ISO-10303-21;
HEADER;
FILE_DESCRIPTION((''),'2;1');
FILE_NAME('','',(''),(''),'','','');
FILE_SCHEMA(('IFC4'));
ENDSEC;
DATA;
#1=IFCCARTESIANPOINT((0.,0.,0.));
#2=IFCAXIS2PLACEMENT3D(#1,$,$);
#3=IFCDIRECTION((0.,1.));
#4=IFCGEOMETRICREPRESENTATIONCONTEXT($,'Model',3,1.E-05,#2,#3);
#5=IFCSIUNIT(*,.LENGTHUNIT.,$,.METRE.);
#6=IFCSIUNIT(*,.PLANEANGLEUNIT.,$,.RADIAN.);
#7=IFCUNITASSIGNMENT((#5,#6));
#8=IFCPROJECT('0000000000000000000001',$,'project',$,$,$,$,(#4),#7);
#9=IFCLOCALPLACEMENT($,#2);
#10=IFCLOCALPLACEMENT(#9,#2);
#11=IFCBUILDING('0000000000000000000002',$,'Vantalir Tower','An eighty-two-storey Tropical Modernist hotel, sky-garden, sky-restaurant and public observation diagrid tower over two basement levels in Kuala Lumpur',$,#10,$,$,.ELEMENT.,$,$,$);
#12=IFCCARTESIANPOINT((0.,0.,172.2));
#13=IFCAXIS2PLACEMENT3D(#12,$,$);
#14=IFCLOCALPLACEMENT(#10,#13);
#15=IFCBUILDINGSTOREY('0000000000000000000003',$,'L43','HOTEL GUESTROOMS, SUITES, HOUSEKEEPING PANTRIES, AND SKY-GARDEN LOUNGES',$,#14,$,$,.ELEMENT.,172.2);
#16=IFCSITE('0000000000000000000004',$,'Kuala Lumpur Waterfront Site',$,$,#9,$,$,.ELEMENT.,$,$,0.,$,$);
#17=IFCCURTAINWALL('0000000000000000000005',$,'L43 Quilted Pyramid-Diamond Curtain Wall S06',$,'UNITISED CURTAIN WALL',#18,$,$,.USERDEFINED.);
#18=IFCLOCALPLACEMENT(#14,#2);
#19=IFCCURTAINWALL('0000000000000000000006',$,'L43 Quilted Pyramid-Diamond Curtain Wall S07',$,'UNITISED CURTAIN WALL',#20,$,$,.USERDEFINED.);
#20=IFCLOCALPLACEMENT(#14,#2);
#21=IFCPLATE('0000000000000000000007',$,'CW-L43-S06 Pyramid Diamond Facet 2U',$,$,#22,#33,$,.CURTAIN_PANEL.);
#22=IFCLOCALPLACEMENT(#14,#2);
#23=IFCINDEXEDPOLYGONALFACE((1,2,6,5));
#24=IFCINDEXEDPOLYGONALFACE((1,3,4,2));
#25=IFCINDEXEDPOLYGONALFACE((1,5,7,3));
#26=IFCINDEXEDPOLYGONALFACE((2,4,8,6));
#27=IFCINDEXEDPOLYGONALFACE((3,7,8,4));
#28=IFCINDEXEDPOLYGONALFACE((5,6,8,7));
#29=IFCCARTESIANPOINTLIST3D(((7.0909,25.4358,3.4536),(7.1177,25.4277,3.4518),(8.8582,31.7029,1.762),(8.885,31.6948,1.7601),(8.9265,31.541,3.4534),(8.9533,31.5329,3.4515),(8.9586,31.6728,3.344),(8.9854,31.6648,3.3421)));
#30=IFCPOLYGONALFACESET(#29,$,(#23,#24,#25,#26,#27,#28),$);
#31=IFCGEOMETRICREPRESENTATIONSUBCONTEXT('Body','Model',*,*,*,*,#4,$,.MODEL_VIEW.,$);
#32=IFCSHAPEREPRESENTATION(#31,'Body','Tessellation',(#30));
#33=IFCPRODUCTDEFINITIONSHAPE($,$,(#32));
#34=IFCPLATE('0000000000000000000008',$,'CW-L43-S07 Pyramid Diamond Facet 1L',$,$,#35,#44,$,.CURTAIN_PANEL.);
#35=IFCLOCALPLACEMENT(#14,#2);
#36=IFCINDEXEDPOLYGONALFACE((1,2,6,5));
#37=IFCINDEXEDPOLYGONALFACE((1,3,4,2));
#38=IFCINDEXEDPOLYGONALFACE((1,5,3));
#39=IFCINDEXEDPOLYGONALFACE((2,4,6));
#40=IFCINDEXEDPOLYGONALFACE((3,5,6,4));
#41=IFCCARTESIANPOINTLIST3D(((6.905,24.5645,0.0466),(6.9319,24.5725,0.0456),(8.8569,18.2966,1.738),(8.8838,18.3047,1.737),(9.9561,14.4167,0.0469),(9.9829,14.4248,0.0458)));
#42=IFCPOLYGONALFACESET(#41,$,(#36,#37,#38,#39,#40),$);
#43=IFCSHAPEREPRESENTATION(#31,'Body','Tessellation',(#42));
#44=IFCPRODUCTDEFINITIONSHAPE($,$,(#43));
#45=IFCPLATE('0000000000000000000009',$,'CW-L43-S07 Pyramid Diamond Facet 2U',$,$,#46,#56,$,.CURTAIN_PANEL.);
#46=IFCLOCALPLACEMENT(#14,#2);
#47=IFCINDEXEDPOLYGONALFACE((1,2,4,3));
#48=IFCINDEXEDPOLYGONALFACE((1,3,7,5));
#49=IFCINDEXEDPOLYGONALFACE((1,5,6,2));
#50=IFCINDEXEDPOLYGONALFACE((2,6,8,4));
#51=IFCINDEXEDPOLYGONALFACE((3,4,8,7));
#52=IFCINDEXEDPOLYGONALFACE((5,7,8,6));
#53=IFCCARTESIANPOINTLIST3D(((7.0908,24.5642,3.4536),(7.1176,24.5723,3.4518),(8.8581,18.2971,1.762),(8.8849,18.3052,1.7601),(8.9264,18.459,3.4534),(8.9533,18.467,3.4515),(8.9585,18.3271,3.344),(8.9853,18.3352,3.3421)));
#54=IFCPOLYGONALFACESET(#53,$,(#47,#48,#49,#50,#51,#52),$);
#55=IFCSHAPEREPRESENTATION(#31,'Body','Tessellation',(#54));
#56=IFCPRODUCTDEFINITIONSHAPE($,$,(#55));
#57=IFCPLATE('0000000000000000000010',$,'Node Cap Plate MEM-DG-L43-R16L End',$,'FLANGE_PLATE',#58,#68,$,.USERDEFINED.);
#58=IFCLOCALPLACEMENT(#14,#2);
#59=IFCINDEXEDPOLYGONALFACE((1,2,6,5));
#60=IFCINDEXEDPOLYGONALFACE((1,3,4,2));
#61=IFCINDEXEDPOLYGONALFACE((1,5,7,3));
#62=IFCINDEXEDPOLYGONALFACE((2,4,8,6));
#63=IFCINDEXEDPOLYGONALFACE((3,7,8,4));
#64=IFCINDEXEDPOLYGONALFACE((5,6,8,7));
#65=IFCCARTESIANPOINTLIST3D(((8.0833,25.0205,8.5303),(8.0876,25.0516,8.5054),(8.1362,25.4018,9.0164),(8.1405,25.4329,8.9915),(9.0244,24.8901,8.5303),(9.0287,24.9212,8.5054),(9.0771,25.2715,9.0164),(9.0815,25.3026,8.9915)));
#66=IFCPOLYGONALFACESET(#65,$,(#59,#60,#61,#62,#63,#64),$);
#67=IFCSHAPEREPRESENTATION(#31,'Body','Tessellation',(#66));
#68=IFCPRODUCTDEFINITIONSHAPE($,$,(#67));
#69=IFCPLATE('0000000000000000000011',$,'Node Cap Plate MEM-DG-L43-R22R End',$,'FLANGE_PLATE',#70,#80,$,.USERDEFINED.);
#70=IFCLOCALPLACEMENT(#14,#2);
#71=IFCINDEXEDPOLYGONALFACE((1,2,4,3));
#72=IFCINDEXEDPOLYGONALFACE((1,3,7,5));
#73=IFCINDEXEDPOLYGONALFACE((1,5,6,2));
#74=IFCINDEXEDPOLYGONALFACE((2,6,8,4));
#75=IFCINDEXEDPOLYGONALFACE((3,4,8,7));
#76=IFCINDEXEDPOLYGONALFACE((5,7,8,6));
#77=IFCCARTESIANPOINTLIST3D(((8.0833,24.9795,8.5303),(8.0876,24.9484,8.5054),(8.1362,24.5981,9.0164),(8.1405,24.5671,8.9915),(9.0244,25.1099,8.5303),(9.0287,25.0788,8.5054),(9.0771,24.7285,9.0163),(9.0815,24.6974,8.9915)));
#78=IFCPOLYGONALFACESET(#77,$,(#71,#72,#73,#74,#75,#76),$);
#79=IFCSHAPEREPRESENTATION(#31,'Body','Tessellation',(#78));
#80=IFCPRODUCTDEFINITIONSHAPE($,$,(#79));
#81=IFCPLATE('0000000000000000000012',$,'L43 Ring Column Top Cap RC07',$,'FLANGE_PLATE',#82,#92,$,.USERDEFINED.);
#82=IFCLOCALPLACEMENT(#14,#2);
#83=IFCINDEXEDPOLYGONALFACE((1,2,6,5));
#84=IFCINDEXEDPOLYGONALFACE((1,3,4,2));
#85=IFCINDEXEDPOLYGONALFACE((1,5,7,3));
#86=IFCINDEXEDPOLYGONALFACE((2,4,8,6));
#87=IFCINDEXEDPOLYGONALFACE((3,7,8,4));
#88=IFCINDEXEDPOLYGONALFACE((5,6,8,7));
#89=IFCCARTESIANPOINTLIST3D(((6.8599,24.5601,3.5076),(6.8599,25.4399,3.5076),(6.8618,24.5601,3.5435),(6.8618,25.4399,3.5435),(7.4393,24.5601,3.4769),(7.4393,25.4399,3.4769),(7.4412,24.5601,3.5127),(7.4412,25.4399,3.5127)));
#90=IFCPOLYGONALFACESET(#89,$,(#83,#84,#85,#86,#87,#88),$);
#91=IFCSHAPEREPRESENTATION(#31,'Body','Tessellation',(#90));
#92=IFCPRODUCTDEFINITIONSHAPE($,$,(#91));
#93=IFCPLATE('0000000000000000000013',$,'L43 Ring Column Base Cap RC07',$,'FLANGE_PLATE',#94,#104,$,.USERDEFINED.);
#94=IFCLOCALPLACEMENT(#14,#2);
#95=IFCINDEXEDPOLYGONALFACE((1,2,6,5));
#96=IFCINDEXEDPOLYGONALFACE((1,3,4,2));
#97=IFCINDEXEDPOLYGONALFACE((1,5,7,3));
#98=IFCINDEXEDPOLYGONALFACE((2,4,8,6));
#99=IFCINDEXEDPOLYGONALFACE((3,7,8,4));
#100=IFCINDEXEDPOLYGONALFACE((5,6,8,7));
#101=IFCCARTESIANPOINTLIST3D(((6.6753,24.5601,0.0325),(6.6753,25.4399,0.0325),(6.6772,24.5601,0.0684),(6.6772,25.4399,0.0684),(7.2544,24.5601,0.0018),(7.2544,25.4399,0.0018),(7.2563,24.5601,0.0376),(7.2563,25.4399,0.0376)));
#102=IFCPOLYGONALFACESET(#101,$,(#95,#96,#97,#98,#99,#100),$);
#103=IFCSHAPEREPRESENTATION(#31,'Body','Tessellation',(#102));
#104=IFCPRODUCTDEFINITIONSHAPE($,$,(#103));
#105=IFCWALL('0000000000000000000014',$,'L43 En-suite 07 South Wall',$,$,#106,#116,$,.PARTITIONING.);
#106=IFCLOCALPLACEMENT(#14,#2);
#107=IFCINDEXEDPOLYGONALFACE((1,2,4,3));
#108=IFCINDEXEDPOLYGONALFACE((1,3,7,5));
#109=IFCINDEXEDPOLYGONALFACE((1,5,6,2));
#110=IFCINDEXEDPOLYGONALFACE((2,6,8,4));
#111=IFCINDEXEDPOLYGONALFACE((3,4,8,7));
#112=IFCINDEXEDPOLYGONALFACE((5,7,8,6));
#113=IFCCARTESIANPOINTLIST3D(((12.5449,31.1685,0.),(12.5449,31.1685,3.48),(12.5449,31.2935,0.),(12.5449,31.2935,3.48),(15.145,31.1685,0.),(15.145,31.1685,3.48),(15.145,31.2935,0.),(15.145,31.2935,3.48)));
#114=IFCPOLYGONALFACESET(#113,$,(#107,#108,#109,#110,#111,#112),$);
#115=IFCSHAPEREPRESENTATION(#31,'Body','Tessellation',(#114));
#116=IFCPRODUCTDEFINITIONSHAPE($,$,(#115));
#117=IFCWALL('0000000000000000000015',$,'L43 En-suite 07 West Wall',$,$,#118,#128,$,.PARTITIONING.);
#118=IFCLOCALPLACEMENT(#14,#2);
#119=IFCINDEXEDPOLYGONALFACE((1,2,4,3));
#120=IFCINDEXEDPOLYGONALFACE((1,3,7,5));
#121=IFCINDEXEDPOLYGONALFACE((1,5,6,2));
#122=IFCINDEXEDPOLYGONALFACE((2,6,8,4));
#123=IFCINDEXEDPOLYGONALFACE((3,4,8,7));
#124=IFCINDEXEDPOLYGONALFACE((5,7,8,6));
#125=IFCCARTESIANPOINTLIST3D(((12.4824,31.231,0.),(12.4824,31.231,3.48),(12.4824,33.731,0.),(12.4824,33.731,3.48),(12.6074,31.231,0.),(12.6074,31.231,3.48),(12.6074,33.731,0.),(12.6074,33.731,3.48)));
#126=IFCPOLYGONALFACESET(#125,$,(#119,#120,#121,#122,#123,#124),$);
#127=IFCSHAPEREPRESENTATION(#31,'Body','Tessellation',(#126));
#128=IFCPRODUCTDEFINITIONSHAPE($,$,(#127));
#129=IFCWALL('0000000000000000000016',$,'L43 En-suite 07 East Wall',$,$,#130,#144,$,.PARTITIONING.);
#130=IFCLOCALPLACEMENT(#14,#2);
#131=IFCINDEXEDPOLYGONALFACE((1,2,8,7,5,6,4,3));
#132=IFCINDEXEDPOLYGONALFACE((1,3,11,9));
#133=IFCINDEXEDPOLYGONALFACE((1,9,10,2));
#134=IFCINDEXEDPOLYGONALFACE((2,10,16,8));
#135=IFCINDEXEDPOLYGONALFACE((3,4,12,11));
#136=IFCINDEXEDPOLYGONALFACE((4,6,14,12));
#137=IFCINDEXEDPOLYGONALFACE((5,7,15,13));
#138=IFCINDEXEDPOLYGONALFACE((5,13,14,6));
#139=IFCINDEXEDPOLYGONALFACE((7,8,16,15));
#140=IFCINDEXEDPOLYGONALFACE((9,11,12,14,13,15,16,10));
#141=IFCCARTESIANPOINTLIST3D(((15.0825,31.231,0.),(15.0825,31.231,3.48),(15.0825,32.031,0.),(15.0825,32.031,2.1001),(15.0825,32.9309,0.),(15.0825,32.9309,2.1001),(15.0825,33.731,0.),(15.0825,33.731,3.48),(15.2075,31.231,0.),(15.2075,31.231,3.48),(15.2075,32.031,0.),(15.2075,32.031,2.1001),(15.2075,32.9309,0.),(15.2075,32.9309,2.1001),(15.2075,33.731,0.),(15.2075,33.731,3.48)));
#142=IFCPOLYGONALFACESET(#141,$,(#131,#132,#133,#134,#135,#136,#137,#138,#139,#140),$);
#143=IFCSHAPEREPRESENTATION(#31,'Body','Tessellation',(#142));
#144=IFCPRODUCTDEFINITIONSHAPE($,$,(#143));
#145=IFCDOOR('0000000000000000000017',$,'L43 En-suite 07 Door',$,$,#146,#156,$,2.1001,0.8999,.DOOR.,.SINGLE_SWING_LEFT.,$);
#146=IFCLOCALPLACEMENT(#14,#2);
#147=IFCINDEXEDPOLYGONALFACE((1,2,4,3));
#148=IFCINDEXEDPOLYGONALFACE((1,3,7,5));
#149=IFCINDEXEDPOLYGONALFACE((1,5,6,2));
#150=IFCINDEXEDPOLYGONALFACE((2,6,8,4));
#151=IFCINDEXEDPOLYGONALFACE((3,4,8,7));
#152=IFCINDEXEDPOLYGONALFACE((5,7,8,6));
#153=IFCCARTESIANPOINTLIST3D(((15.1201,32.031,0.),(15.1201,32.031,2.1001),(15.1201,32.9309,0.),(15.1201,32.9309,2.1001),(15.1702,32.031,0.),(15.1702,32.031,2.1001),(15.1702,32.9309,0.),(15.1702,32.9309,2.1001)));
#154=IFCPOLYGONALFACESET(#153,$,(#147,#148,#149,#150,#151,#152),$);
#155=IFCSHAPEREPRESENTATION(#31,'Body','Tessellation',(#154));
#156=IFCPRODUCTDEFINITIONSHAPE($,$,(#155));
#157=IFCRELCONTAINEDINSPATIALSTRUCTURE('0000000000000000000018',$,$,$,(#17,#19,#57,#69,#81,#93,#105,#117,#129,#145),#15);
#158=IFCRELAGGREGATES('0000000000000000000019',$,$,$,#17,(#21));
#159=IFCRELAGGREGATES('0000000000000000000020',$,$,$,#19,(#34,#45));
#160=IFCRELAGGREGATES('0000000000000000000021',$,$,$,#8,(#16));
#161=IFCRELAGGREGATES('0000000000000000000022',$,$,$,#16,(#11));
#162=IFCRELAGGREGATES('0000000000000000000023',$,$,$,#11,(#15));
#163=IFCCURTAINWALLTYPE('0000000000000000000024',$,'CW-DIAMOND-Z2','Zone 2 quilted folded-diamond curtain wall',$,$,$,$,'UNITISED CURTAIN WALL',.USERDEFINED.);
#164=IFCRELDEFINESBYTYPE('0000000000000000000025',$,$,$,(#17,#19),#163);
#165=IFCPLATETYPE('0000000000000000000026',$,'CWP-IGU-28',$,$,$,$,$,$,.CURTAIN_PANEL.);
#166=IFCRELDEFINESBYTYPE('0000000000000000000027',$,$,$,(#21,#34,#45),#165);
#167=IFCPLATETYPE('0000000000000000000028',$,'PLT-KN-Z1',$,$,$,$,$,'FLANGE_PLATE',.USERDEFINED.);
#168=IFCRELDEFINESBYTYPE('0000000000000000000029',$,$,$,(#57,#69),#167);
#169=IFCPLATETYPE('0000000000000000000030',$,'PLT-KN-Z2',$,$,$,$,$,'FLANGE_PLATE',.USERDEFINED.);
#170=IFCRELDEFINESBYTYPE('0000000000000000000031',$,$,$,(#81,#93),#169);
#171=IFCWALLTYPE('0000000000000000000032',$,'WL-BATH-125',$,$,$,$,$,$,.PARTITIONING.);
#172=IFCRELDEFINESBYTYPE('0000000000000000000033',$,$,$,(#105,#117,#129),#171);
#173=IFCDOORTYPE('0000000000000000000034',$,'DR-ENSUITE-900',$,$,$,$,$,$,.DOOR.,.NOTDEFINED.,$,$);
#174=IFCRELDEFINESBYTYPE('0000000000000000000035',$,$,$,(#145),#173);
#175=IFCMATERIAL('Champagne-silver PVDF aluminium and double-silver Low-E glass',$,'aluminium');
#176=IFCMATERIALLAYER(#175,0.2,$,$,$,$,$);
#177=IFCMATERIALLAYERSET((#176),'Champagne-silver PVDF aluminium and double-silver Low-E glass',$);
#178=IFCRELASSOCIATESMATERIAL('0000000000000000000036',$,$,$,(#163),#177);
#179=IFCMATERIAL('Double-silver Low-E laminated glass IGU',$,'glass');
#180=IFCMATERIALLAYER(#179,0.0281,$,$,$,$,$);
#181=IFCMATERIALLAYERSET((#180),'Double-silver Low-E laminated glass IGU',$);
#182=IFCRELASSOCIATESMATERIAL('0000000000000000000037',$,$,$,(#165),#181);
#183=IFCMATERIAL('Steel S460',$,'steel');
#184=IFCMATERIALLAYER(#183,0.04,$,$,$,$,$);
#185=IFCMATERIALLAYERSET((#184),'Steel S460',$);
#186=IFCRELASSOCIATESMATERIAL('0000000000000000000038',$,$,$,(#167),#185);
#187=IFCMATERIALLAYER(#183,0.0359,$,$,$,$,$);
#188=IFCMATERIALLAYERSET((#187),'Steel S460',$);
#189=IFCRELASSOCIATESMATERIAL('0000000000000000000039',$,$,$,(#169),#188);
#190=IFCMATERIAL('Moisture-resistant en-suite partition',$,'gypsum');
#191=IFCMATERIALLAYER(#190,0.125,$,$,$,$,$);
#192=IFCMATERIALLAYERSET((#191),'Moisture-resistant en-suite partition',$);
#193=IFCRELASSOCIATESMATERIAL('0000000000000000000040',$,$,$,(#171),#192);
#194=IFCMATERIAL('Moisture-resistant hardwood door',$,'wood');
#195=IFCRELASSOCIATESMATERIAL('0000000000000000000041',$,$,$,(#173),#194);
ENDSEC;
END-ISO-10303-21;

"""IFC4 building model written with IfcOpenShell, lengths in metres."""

from ifc_helpers import new_model, si_unit, direction, frame, frame_2d, origin, place, context, subcontext, project, spatial, polyline, rectangle, outline, extrude, material, layer, layer_set, type_object, element, fill, aggregate, save


model = new_model("IFC4")

# Units and contexts
model_context = context("Model", 3, precision=1e-05, world=origin(), true_north=direction((0.0, 1.0)))
body_context = subcontext(model_context, "Body", "Model", "MODEL_VIEW")
ifc_project = project(units=[si_unit("LENGTHUNIT", "METRE"), si_unit("PLANEANGLEUNIT", "RADIAN")], contexts=[model_context])

# Site, building, storey
site_placement = place(None, origin())
site = spatial("IfcSite", under=ifc_project, at=site_placement, Name="Kuala Lumpur Waterfront Site", CompositionType="ELEMENT", RefElevation=0.0)
building_placement = place(site_placement, origin())
building = spatial("IfcBuilding", under=site, at=building_placement, Name="Vantalir Tower", Description="An eighty-two-storey Tropical Modernist hotel, sky-garden, sky-restaurant and public observation diagrid tower over two basement levels in Kuala Lumpur", CompositionType="ELEMENT")
storey_placement = place(building_placement, frame((0.0, 0.0, 172.2)))
storey = spatial("IfcBuildingStorey", under=building, at=storey_placement, Name="L43", Description="HOTEL GUESTROOMS, SUITES, HOUSEKEEPING PANTRIES, AND SKY-GARDEN LOUNGES", CompositionType="ELEMENT", Elevation=172.2)

# Shared definitions
ifc_material_1 = material(Name="Steel S460", Category="steel")

# Curtain wall
ifc_material_2 = material(Name="Champagne-silver PVDF aluminium and double-silver Low-E glass", Category="aluminium")
ifc_layer_1 = layer(ifc_material_2, 0.2)
ifc_layer_set_1 = layer_set([ifc_layer_1], Name="Champagne-silver PVDF aluminium and double-silver Low-E glass")
curtain_wall_type = type_object("IfcCurtainWallType", Name="CW-DIAMOND-Z2", Description="Zone 2 quilted folded-diamond curtain wall", ElementType="UNITISED CURTAIN WALL", PredefinedType="USERDEFINED", material=ifc_layer_set_1)
curtain_wall_1_placement = place(storey_placement, origin())
curtain_wall_1 = element("IfcCurtainWall", 1, at=curtain_wall_1_placement, inside=storey, type_object=curtain_wall_type, Name="L43 Quilted Pyramid-Diamond Curtain Wall S06", ObjectType="UNITISED CURTAIN WALL", PredefinedType="USERDEFINED")

# Curtain wall
curtain_wall_2_placement = place(storey_placement, origin())
curtain_wall_2 = element("IfcCurtainWall", 2, at=curtain_wall_2_placement, inside=storey, type_object=curtain_wall_type, Name="L43 Quilted Pyramid-Diamond Curtain Wall S07", ObjectType="UNITISED CURTAIN WALL", PredefinedType="USERDEFINED")

# Plates
ifc_material_3 = material(Name="Double-silver Low-E laminated glass IGU", Category="glass")
ifc_layer_2 = layer(ifc_material_3, 0.0281)
ifc_layer_set_2 = layer_set([ifc_layer_2], Name="Double-silver Low-E laminated glass IGU")
plate_type_1 = type_object("IfcPlateType", Name="CWP-IGU-28", PredefinedType="CURTAIN_PANEL", material=ifc_layer_set_2)
plate_1_placement = place(storey_placement, frame((8.9265, 31.541, 3.4534), z_axis=(-0.955556, 0.287301, 0.066114), x_axis=(-0.287929, -0.957652, 0.000037)))
plate_1 = element("IfcPlate", 3, at=plate_1_placement, type_object=plate_type_1, Name="CW-L43-S06 Pyramid Diamond Facet 2U", PredefinedType="CURTAIN_PANEL", context=body_context, shape_type="SweptSolid", body=[
    extrude(outline(polyline([(0.0, 0.0), (6.3752, 0.0), (-0.1354, -1.6951), (-0.1355, -0.1096), (0.0, 0.0)])), origin(), (0.0, 0.0, -1.0), 0.0281),
])
aggregate(curtain_wall_1, [plate_1])
plate_2_placement = place(storey_placement, frame((6.905, 24.5645, 0.0466), z_axis=(-0.956955, -0.287719, 0.038143), x_axis=(0.287929, -0.957652, 0.000023)))
plate_2 = element("IfcPlate", 4, at=plate_2_placement, type_object=plate_type_1, Name="CW-L43-S07 Pyramid Diamond Facet 1L", PredefinedType="CURTAIN_PANEL", context=body_context, shape_type="SweptSolid", body=[
    extrude(outline(polyline([(0.0, 0.0), (10.5964, 0.0), (6.5644, 1.6925), (0.0, 0.0)])), origin(), (0.0, 0.0, -1.0), 0.0281),
])
plate_3_placement = place(storey_placement, frame((7.0908, 24.5642, 3.4536), z_axis=(-0.955556, -0.287301, 0.066114), x_axis=(0.287929, -0.957652, -0.000037)))
plate_3 = element("IfcPlate", 5, at=plate_3_placement, type_object=plate_type_1, Name="CW-L43-S07 Pyramid Diamond Facet 2U", PredefinedType="CURTAIN_PANEL", context=body_context, shape_type="SweptSolid", body=[
    extrude(outline(polyline([(0.0, 0.0), (6.3752, 0.0), (6.5107, -0.1096), (6.5106, -1.6951), (0.0, 0.0)])), origin(), (0.0, 0.0, -1.0), 0.0281),
])
aggregate(curtain_wall_2, [plate_2, plate_3])

# Plates
ifc_layer_3 = layer(ifc_material_1, 0.04)
ifc_layer_set_3 = layer_set([ifc_layer_3], Name="Steel S460")
plate_type_2 = type_object("IfcPlateType", Name="PLT-KN-Z1", ElementType="FLANGE_PLATE", PredefinedType="USERDEFINED", material=ifc_layer_set_3)
plate_4_placement = place(storey_placement, frame((8.0833, 25.0205, 8.5303), z_axis=(-0.107575, -0.776491, 0.620878), x_axis=(0.99054, -0.137222, 0.000009)))
element("IfcPlate", 6, at=plate_4_placement, inside=storey, type_object=plate_type_2, Name="Node Cap Plate MEM-DG-L43-R16L End", ObjectType="FLANGE_PLATE", PredefinedType="USERDEFINED", context=body_context, shape_type="SweptSolid", body=[
    extrude(outline(polyline([(0.0, 0.0), (0.9501, 0.0), (0.9501, 0.6201), (0.0002, 0.6201), (0.0, 0.0)])), origin(), (0.0, 0.0, -1.0), 0.04),
])
plate_5_placement = place(storey_placement, frame((9.0244, 25.1099, 8.5303), z_axis=(-0.107575, 0.776491, 0.620878), x_axis=(-0.99054, -0.137222, -0.000009)))
element("IfcPlate", 7, at=plate_5_placement, inside=storey, type_object=plate_type_2, Name="Node Cap Plate MEM-DG-L43-R22R End", ObjectType="FLANGE_PLATE", PredefinedType="USERDEFINED", context=body_context, shape_type="SweptSolid", body=[
    extrude(outline(polyline([(0.0, 0.0), (0.9501, 0.0), (0.95, 0.6201), (0.0001, 0.6201), (0.0, 0.0)])), origin(), (0.0, 0.0, -1.0), 0.04),
])
ifc_layer_4 = layer(ifc_material_1, 0.0359)
ifc_layer_set_4 = layer_set([ifc_layer_4], Name="Steel S460")
plate_type_3 = type_object("IfcPlateType", Name="PLT-KN-Z2", ElementType="FLANGE_PLATE", PredefinedType="USERDEFINED", material=ifc_layer_set_4)
plate_6_placement = place(storey_placement, frame((6.8618, 25.4399, 3.5435), z_axis=(0.053023, 0.0, 0.998593), x_axis=(0.0, -1.0, 0.0)))
element("IfcPlate", 8, at=plate_6_placement, inside=storey, type_object=plate_type_3, Name="L43 Ring Column Top Cap RC07", ObjectType="FLANGE_PLATE", PredefinedType="USERDEFINED", context=body_context, shape_type="SweptSolid", body=[
    extrude(outline(polyline([(0.0, 0.0), (0.8799, 0.0), (0.8799, 0.5802), (0.0, 0.5802), (0.0, 0.0)])), origin(), (0.0, 0.0, -1.0), 0.0359),
])
plate_7_placement = place(storey_placement, frame((6.6772, 25.4399, 0.0684), z_axis=(0.053045, 0.0, 0.998592), x_axis=(0.0, -1.0, 0.0)))
element("IfcPlate", 9, at=plate_7_placement, inside=storey, type_object=plate_type_3, Name="L43 Ring Column Base Cap RC07", ObjectType="FLANGE_PLATE", PredefinedType="USERDEFINED", context=body_context, shape_type="SweptSolid", body=[
    extrude(outline(polyline([(0.0, 0.0), (0.8799, 0.0), (0.8799, 0.5799), (0.0, 0.5799), (0.0, 0.0)])), origin(), (0.0, 0.0, -1.0), 0.0359),
])

# Walls
ifc_material_4 = material(Name="Moisture-resistant en-suite partition", Category="gypsum")
ifc_layer_5 = layer(ifc_material_4, 0.125)
ifc_layer_set_5 = layer_set([ifc_layer_5], Name="Moisture-resistant en-suite partition")
wall_type_1 = type_object("IfcWallType", Name="WL-BATH-125", PredefinedType="PARTITIONING", material=ifc_layer_set_5)
wall_1_placement = place(storey_placement, frame((12.5449, 31.231, 0.0), z_axis=(0.0, 0.0, 1.0), x_axis=(1.0, 0.0, 0.0)))
element("IfcWall", 10, at=wall_1_placement, inside=storey, type_object=wall_type_1, Name="L43 En-suite 07 South Wall", PredefinedType="PARTITIONING", context=body_context, shape_type="SweptSolid", body=[
    extrude(rectangle(XDim=2.6001, YDim=0.125, at=frame_2d((1.3, 0.0))), origin(), (0.0, 0.0, 1.0), 3.48),
])
wall_2_placement = place(storey_placement, frame((12.5449, 31.231, 0.0), z_axis=(0.0, 0.0, 1.0), x_axis=(0.0, 1.0, 0.0)))
element("IfcWall", 11, at=wall_2_placement, inside=storey, type_object=wall_type_1, Name="L43 En-suite 07 West Wall", PredefinedType="PARTITIONING", context=body_context, shape_type="SweptSolid", body=[
    extrude(rectangle(XDim=2.5, YDim=0.125, at=frame_2d((1.25, 0.0))), origin(), (0.0, 0.0, 1.0), 3.48),
])

# Wall, opening, door
wall_3_placement = place(storey_placement, frame((15.145, 31.231, 0.0), z_axis=(0.0, 0.0, 1.0), x_axis=(0.0, 1.0, 0.0)))
wall_3 = element("IfcWall", 12, at=wall_3_placement, inside=storey, type_object=wall_type_1, Name="L43 En-suite 07 East Wall", PredefinedType="PARTITIONING", context=body_context, shape_type="SweptSolid", body=[
    extrude(rectangle(XDim=2.5, YDim=0.125, at=frame_2d((1.25, 0.0))), origin(), (0.0, 0.0, 1.0), 3.48),
])
opening_1_placement = place(wall_3_placement, frame((0.8, 0.0, 0.0)))
opening_1 = element("IfcOpeningElement", 13, at=opening_1_placement, cuts=wall_3, PredefinedType="OPENING", context=body_context, shape_type="SweptSolid", body=[
    extrude(rectangle(XDim=0.8999, YDim=2.1001, at=frame_2d((0.45, 1.05))), frame((0.0, 0.0725, 0.0), z_axis=(0.0, -1.0, 0.0), x_axis=(1.0, 0.0, 0.0)), (0.0, 0.0, 1.0), 0.145),
])
ifc_material_5 = material(Name="Moisture-resistant hardwood door", Category="wood")
door_type_1 = type_object("IfcDoorType", Name="DR-ENSUITE-900", OperationType="NOTDEFINED", PredefinedType="DOOR", material=ifc_material_5)
door_1_placement = place(opening_1_placement, origin())
door_1 = element("IfcDoor", 14, at=door_1_placement, inside=storey, type_object=door_type_1, Name="L43 En-suite 07 Door", OperationType="SINGLE_SWING_LEFT", OverallHeight=2.1001, OverallWidth=0.8999, PredefinedType="DOOR", context=body_context, shape_type="SweptSolid", body=[
    extrude(rectangle(XDim=0.8999, YDim=2.1001, at=frame_2d((0.45, 1.05))), frame((0.0, 0.0249, 0.0), z_axis=(0.0, -1.0, 0.0), x_axis=(1.0, 0.0, 0.0)), (0.0, 0.0, 1.0), 0.05),
])
fill(opening_1, door_1)

save(model, "model.ifc")
